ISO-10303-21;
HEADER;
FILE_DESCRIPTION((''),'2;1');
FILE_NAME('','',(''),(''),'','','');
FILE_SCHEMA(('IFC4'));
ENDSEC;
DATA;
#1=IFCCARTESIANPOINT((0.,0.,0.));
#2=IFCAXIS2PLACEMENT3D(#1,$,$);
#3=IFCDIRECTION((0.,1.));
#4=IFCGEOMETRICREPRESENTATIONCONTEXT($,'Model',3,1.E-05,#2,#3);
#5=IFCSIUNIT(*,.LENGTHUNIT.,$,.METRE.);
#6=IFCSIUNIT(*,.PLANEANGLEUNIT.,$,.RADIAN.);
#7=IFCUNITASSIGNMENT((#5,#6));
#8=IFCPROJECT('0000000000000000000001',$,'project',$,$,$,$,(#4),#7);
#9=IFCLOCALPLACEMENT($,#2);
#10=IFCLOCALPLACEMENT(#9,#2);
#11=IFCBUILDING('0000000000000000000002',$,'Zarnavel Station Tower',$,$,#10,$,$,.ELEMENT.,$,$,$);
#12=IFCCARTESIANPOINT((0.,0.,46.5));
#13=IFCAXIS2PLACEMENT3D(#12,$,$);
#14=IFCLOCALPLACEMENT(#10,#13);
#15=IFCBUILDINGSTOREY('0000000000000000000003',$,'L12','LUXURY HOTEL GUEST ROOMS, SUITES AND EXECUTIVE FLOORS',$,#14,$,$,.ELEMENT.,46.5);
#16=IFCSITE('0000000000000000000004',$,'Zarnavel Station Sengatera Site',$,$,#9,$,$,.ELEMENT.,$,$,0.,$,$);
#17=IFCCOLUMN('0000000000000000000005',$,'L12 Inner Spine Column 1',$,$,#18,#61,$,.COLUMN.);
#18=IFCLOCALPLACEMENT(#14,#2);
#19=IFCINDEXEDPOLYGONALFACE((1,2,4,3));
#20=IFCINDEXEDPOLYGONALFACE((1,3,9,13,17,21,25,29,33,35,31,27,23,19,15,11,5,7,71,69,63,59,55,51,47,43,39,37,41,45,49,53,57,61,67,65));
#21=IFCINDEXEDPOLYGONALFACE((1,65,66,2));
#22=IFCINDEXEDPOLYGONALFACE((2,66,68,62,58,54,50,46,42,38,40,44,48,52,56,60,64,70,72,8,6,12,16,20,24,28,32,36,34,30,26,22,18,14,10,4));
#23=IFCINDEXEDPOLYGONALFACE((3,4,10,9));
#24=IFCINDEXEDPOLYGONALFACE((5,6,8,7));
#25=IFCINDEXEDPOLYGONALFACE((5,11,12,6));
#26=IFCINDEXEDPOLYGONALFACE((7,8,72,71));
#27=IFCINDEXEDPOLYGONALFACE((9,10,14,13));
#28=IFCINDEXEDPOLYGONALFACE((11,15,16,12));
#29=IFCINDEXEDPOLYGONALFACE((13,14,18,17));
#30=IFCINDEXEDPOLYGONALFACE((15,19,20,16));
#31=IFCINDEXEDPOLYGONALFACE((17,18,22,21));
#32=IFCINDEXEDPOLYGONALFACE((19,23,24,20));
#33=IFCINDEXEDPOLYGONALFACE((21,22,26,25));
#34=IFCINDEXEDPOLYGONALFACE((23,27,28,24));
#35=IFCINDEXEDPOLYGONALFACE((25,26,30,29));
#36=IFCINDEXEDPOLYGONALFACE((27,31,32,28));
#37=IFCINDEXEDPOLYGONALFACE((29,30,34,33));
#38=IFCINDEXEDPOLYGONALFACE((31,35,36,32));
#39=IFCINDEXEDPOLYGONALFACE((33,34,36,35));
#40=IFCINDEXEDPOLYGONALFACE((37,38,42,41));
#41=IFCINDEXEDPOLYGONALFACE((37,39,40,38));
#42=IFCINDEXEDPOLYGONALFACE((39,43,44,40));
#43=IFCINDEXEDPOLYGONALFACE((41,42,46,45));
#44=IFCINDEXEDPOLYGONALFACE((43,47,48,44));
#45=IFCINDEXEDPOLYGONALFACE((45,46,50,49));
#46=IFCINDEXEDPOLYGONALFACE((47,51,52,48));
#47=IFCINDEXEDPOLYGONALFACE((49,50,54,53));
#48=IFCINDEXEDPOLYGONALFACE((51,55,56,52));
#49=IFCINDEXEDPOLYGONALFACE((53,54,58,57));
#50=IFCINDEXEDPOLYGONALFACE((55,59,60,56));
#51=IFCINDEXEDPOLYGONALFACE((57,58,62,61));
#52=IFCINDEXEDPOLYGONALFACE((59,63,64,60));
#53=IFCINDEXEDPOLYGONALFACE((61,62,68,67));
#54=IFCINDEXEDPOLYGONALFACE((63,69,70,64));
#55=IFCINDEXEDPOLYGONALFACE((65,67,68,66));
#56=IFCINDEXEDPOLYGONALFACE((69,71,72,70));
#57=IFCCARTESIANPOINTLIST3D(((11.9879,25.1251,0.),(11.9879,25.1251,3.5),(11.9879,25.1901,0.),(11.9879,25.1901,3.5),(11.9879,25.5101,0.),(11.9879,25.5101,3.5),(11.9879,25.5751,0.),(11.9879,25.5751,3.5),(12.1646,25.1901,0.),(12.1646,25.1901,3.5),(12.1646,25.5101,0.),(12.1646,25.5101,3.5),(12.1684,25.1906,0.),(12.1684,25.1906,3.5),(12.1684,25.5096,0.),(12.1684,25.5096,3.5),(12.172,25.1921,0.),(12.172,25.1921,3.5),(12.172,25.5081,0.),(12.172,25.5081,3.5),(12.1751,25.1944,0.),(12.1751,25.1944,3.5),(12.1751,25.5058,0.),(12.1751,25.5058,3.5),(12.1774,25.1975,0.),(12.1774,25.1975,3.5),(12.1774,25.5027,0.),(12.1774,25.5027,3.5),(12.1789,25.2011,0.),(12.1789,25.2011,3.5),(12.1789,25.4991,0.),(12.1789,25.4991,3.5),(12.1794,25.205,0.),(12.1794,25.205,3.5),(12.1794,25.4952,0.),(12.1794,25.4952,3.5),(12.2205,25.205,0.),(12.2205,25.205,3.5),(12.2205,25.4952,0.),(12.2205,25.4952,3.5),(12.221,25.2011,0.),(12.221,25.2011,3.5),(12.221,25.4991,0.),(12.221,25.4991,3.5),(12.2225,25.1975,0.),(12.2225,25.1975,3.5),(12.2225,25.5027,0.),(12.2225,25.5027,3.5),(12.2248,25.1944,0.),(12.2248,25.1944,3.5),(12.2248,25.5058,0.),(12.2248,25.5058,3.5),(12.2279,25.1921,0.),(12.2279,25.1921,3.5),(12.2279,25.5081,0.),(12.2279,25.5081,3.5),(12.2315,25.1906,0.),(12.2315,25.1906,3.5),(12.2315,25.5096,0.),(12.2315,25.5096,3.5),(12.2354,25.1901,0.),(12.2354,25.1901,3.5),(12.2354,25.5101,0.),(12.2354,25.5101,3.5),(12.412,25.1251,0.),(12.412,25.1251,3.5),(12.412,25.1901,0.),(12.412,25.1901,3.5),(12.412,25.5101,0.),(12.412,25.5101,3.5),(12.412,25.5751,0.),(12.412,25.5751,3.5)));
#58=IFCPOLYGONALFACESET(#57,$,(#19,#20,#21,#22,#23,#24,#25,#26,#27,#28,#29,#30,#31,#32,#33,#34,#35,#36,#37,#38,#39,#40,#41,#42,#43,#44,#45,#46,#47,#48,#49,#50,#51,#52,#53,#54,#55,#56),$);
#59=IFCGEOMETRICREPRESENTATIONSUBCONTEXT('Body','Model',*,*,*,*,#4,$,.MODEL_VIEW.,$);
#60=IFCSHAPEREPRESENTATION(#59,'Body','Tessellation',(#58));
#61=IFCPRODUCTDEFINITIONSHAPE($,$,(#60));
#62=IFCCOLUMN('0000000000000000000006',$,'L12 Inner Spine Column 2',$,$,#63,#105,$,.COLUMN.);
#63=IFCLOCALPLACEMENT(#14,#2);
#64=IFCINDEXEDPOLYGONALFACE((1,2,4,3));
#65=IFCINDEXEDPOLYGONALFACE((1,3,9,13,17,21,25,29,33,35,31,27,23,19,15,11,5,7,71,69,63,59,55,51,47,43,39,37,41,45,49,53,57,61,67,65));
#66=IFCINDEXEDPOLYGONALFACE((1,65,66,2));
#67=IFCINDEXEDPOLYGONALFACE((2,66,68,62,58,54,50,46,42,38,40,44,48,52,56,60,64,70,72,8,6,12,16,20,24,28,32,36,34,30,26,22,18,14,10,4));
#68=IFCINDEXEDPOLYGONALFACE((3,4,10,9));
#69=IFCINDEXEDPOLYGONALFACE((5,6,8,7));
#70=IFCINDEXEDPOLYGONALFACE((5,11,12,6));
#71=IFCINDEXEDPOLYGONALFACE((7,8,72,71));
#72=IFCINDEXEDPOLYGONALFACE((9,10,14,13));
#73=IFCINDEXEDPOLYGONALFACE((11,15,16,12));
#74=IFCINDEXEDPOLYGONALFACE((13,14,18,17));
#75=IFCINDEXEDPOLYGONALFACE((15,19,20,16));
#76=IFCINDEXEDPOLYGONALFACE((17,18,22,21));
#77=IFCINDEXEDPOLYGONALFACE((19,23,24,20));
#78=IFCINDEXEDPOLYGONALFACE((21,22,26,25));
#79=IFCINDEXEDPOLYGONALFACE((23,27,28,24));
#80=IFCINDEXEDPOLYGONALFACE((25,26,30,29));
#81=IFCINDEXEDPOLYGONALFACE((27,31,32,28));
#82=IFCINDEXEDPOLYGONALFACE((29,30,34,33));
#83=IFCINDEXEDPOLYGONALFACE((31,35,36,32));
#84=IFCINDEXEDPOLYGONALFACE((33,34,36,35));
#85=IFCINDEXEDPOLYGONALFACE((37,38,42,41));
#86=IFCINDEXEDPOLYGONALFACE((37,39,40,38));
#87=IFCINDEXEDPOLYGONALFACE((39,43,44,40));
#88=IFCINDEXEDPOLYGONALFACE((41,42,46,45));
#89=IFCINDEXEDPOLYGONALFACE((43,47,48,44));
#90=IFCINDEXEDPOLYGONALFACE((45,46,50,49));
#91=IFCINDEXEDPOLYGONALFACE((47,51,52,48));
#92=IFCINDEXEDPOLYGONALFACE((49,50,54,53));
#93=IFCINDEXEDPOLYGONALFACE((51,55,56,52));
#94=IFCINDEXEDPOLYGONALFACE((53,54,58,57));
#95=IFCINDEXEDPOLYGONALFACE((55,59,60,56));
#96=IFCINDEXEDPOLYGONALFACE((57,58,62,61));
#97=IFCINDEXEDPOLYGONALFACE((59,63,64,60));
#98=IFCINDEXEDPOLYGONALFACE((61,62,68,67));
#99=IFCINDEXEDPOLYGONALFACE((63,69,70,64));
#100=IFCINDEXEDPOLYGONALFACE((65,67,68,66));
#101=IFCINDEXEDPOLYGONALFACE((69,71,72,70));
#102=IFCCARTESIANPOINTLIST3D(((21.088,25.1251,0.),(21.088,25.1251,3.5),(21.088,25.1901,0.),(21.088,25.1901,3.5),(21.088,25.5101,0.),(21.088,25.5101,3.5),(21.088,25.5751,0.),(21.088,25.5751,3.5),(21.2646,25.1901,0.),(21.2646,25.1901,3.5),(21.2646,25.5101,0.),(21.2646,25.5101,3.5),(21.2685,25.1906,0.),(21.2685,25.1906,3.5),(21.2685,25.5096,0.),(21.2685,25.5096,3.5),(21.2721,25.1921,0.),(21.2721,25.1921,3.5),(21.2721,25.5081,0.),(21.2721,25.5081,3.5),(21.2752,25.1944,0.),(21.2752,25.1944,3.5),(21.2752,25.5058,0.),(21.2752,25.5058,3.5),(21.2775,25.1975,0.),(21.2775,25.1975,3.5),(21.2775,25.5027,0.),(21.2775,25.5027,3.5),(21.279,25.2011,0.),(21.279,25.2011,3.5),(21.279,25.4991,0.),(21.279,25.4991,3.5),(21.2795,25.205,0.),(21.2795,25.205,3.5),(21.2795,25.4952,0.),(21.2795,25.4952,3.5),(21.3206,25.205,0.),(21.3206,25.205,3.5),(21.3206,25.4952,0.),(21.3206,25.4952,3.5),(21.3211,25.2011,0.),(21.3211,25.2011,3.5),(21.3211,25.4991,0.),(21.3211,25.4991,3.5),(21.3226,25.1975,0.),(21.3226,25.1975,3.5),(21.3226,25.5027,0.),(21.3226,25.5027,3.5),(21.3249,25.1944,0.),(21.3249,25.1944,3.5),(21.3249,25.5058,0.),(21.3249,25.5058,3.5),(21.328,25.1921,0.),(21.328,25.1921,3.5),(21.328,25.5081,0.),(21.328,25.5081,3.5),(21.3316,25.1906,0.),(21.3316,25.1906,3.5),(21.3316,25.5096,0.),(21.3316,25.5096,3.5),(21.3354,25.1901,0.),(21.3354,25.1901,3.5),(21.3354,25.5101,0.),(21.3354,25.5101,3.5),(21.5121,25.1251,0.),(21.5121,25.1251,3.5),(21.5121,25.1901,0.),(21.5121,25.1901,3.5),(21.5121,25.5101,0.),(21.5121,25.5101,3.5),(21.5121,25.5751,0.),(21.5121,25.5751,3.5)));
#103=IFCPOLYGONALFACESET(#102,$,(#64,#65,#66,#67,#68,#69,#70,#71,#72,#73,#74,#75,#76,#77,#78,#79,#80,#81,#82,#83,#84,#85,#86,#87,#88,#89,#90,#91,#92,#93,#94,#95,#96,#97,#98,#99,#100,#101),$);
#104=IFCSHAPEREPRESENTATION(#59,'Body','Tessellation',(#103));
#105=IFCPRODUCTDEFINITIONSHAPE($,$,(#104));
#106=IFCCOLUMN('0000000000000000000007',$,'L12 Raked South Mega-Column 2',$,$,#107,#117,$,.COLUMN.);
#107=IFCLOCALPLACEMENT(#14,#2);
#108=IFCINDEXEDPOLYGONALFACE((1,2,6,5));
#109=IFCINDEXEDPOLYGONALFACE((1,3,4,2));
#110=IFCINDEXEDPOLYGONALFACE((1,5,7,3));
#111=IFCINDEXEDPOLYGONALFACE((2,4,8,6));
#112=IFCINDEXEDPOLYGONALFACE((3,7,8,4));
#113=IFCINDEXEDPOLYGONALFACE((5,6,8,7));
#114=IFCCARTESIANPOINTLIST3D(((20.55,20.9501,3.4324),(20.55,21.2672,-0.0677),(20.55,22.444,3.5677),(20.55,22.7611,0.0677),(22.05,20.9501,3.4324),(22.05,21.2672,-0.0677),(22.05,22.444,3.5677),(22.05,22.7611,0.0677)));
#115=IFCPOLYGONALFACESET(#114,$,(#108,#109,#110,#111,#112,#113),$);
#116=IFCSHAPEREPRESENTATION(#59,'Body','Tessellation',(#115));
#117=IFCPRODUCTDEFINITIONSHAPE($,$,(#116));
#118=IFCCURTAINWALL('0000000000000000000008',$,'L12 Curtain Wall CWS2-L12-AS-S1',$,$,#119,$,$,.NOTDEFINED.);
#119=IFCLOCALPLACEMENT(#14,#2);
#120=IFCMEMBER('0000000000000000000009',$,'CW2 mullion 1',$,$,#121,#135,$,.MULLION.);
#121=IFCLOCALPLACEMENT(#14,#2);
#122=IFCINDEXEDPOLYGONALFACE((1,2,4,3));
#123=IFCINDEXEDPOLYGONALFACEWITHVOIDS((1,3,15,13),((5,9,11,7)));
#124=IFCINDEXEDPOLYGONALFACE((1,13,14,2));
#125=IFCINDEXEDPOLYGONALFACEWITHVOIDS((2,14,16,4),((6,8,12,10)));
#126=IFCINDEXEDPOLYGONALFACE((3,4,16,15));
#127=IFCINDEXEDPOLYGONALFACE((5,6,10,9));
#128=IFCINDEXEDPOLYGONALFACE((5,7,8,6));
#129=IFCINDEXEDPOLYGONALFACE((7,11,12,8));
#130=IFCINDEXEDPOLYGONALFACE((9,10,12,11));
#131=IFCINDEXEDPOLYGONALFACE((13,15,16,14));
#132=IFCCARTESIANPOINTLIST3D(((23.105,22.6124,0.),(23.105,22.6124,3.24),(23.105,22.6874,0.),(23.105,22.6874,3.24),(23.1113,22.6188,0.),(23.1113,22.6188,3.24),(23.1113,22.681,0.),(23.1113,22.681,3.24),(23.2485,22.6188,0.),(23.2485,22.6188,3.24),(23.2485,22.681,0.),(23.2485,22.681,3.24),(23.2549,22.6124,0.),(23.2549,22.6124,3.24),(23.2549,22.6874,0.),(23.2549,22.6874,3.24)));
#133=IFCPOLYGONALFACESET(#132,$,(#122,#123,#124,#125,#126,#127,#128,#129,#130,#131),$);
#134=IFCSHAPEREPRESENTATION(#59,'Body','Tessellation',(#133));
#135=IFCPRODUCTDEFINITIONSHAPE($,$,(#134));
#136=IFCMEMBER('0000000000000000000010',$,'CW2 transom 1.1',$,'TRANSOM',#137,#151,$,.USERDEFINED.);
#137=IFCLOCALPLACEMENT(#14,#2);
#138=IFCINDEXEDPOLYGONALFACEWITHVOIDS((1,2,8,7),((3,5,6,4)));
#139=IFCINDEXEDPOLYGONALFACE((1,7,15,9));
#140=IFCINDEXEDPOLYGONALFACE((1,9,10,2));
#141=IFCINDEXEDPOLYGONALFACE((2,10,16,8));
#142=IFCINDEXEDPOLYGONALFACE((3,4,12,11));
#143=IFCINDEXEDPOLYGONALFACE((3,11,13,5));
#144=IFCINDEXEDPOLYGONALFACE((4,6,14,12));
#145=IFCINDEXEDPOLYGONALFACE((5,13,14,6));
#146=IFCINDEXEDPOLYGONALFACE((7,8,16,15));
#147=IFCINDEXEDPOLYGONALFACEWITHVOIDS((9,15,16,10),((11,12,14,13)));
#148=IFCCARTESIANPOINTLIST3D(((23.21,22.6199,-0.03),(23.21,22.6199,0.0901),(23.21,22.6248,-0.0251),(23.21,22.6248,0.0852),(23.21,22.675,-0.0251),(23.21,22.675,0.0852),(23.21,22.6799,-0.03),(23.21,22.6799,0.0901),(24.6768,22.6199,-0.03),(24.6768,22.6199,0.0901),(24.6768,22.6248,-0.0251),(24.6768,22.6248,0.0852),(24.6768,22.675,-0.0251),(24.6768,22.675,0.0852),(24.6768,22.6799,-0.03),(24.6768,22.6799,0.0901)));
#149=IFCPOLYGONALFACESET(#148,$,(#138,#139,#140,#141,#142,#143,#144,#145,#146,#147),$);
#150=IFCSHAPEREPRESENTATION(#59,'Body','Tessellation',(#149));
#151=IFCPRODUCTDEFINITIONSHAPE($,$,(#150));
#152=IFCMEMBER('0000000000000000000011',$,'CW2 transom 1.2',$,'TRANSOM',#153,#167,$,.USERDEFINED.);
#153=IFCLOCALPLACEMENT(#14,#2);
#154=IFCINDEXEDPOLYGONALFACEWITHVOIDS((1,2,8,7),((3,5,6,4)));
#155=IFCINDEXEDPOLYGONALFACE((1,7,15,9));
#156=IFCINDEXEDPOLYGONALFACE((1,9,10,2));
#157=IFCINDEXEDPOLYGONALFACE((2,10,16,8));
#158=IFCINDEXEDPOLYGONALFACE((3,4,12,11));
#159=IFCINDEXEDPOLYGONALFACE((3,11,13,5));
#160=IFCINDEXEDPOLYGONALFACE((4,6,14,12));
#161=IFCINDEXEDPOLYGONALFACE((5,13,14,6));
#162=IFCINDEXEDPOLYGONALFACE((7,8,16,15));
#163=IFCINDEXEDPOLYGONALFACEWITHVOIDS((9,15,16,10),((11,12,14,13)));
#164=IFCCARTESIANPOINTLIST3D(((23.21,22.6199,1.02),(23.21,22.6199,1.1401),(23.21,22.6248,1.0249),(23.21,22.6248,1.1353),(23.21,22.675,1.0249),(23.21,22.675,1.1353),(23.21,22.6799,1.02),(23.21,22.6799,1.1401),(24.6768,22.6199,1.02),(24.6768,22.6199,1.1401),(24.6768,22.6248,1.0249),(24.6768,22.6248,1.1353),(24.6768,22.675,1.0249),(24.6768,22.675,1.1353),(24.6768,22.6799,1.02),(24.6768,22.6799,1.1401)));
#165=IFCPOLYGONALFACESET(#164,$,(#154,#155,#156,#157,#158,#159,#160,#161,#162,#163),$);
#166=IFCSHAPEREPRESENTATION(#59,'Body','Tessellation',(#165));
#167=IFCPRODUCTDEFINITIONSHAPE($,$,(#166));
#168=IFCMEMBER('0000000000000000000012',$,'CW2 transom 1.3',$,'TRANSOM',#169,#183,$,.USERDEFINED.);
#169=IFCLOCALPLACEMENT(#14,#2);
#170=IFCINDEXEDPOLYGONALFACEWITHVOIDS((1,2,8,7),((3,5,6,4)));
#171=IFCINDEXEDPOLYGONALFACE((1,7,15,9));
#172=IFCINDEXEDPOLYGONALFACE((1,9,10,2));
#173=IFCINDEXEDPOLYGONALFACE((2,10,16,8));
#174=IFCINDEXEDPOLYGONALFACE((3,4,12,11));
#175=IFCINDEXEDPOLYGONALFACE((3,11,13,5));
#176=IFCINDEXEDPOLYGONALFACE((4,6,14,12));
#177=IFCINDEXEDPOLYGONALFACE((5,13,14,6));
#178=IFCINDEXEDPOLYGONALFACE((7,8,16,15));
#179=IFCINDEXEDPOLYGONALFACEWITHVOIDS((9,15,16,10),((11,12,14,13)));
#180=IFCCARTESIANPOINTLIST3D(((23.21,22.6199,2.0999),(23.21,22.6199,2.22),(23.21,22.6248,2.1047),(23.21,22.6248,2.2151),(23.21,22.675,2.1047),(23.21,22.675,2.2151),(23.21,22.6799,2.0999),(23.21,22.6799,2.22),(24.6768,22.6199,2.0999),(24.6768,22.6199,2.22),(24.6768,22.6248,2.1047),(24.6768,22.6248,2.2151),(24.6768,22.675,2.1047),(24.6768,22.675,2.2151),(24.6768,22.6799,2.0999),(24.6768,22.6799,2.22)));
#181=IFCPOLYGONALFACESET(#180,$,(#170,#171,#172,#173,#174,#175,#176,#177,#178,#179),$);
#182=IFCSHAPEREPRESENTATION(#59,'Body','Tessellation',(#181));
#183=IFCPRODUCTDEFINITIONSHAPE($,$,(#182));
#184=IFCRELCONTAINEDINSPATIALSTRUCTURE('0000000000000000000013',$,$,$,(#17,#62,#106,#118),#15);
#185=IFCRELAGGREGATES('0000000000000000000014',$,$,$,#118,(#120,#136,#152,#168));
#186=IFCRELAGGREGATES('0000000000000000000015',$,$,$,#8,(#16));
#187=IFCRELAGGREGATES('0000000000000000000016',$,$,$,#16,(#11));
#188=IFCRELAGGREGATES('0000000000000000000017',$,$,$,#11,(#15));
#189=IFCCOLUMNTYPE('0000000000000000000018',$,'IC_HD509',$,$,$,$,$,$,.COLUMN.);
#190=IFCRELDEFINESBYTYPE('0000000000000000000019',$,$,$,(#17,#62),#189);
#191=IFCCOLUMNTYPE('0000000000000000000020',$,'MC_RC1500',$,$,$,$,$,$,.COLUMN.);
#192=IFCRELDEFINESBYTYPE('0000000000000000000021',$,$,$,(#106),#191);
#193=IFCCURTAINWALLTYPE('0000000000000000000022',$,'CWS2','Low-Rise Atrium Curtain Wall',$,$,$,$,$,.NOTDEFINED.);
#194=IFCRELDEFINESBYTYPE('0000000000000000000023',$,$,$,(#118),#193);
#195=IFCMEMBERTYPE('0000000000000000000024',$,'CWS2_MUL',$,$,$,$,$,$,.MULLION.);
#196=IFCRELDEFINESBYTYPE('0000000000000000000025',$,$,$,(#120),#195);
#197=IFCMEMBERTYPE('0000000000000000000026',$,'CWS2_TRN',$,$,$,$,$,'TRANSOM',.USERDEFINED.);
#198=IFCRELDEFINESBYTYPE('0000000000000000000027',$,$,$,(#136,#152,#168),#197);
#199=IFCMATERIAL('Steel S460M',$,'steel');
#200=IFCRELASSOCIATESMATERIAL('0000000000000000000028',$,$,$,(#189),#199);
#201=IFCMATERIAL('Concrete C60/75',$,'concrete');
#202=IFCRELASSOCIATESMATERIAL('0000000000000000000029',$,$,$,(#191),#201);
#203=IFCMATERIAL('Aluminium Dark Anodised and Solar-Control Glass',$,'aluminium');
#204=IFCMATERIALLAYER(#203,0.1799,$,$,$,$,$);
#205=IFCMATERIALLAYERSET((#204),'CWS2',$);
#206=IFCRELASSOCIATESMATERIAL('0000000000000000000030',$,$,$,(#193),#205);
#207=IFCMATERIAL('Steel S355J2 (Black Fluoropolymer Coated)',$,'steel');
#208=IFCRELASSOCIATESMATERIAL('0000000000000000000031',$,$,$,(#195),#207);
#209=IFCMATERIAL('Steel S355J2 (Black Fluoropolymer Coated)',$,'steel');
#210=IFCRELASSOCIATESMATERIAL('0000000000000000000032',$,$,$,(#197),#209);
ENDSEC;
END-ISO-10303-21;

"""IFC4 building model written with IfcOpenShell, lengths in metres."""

from ifc_helpers import new_model, si_unit, direction, frame, origin, origin_2d, place, context, subcontext, project, spatial, rectangle, hollow_rectangle, i_section, extrude, material, layer, layer_set, material_profile, profile_set, type_object, element, aggregate, save


model = new_model("IFC4")

# Units and contexts
model_context = context("Model", 3, precision=1e-05, world=origin(), true_north=direction((0.0, 1.0)))
body_context = subcontext(model_context, "Body", "Model", "MODEL_VIEW")
ifc_project = project(units=[si_unit("LENGTHUNIT", "METRE"), si_unit("PLANEANGLEUNIT", "RADIAN")], contexts=[model_context])

# Site, building, storey
site_placement = place(None, origin())
site = spatial("IfcSite", under=ifc_project, at=site_placement, Name="Zarnavel Station Sengatera Site", CompositionType="ELEMENT", RefElevation=0.0)
building_placement = place(site_placement, origin())
building = spatial("IfcBuilding", under=site, at=building_placement, Name="Zarnavel Station Tower", CompositionType="ELEMENT")
storey_placement = place(building_placement, frame((0.0, 0.0, 46.5)))
storey = spatial("IfcBuildingStorey", under=building, at=storey_placement, Name="L12", Description="LUXURY HOTEL GUEST ROOMS, SUITES AND EXECUTIVE FLOORS", CompositionType="ELEMENT", Elevation=46.5)

# Columns
ifc_material_1 = material(Name="Steel S460M", Category="steel")
ifc_material_profile_1 = material_profile(ifc_material_1, i_section(OverallWidth=0.4241, OverallDepth=0.45, WebThickness=0.041, FlangeThickness=0.0649, FilletRadius=0.0149, at=origin_2d()), Name="HD400x509")
ifc_profile_set_1 = profile_set([ifc_material_profile_1], Name="Steel S460M")
column_type_1 = type_object("IfcColumnType", Name="IC_HD509", PredefinedType="COLUMN", material=ifc_profile_set_1)
for number, where, z_axis, x_axis, name in (
    (1, (12.2, 25.3501, 0.0), (0.0, 0.0, 1.0), (1.0, 0.0, 0.0), "L12 Inner Spine Column 1"),
    (2, (21.3, 25.3501, 0.0), (0.0, 0.0, 1.0), (1.0, 0.0, 0.0), "L12 Inner Spine Column 2"),
):
    element("IfcColumn", number, at=place(storey_placement, frame(where, z_axis=z_axis, x_axis=x_axis)), inside=storey, type_object=column_type_1, Name=name, PredefinedType="COLUMN", context=body_context, shape_type="SweptSolid", body=[
        extrude(i_section(OverallWidth=0.4241, OverallDepth=0.45, WebThickness=0.041, FlangeThickness=0.0649, FilletRadius=0.0149, at=origin_2d()), origin(), (0.0, 0.0, 1.0), 3.5),
    ])
ifc_material_2 = material(Name="Concrete C60/75", Category="concrete")
ifc_material_profile_2 = material_profile(ifc_material_2, rectangle(XDim=1.5, YDim=1.5, at=origin_2d()), Name="RC1500x1500")
ifc_profile_set_2 = profile_set([ifc_material_profile_2], Name="Concrete C60/75")
column_type_2 = type_object("IfcColumnType", Name="MC_RC1500", PredefinedType="COLUMN", material=ifc_profile_set_2)
column_placement = place(storey_placement, frame((21.3, 22.0142, 0.0), z_axis=(0.0, -0.090241, 0.99592), x_axis=(1.0, 0.0, 0.0)))
element("IfcColumn", 3, at=column_placement, inside=storey, type_object=column_type_2, Name="L12 Raked South Mega-Column 2", PredefinedType="COLUMN", context=body_context, shape_type="SweptSolid", body=[
    extrude(rectangle(XDim=1.5, YDim=1.5, at=origin_2d()), origin(), (0.0, 0.0, 1.0), 3.5144),
])

# Curtain wall, members
ifc_material_3 = material(Name="Aluminium Dark Anodised and Solar-Control Glass", Category="aluminium")
ifc_layer_1 = layer(ifc_material_3, 0.1799)
ifc_layer_set_1 = layer_set([ifc_layer_1], Name="CWS2")
curtain_wall_type = type_object("IfcCurtainWallType", Name="CWS2", Description="Low-Rise Atrium Curtain Wall", PredefinedType="NOTDEFINED", material=ifc_layer_set_1)
curtain_wall_placement = place(storey_placement, origin())
curtain_wall = element("IfcCurtainWall", 4, at=curtain_wall_placement, inside=storey, type_object=curtain_wall_type, Name="L12 Curtain Wall CWS2-L12-AS-S1", PredefinedType="NOTDEFINED")
ifc_material_4 = material(Name="Steel S355J2 (Black Fluoropolymer Coated)", Category="steel")
ifc_material_profile_3 = material_profile(ifc_material_4, hollow_rectangle(XDim=0.075, YDim=0.1499, WallThickness=0.0063, at=origin_2d()), Name="RHS150x75x6.3")
ifc_profile_set_3 = profile_set([ifc_material_profile_3], Name="Steel S355J2 (Black Fluoropolymer Coated)")
member_type_1 = type_object("IfcMemberType", Name="CWS2_MUL", PredefinedType="MULLION", material=ifc_profile_set_3)
member_1_placement = place(storey_placement, frame((23.1799, 22.6499, 0.0), z_axis=(0.0, 0.0, 1.0), x_axis=(0.0, 1.0, 0.0)))
member_1 = element("IfcMember", 5, at=member_1_placement, type_object=member_type_1, Name="CW2 mullion 1", PredefinedType="MULLION", context=body_context, shape_type="SweptSolid", body=[
    extrude(hollow_rectangle(XDim=0.075, YDim=0.1499, WallThickness=0.0063, at=origin_2d()), origin(), (0.0, 0.0, 1.0), 3.24),
])
ifc_material_5 = material(Name="Steel S355J2 (Black Fluoropolymer Coated)", Category="steel")
ifc_material_profile_4 = material_profile(ifc_material_5, hollow_rectangle(XDim=0.0601, YDim=0.1201, WallThickness=0.0049, at=origin_2d()), Name="RHS120x60x5")
ifc_profile_set_4 = profile_set([ifc_material_profile_4], Name="Steel S355J2 (Black Fluoropolymer Coated)")
member_type_2 = type_object("IfcMemberType", Name="CWS2_TRN", ElementType="TRANSOM", PredefinedType="USERDEFINED", material=ifc_profile_set_4)
member_2_placement = place(storey_placement, frame((23.21, 22.6499, 0.03), z_axis=(1.0, 0.0, 0.0), x_axis=(0.0, 1.0, 0.0)))
member_2 = element("IfcMember", 6, at=member_2_placement, type_object=member_type_2, Name="CW2 transom 1.1", ObjectType="TRANSOM", PredefinedType="USERDEFINED", context=body_context, shape_type="SweptSolid", body=[
    extrude(hollow_rectangle(XDim=0.0601, YDim=0.1201, WallThickness=0.0049, at=origin_2d()), origin(), (0.0, 0.0, 1.0), 1.4668),
])
member_3_placement = place(storey_placement, frame((23.21, 22.6499, 1.0801), z_axis=(1.0, 0.0, 0.0), x_axis=(0.0, 1.0, 0.0)))
member_3 = element("IfcMember", 7, at=member_3_placement, type_object=member_type_2, Name="CW2 transom 1.2", ObjectType="TRANSOM", PredefinedType="USERDEFINED", context=body_context, shape_type="SweptSolid", body=[
    extrude(hollow_rectangle(XDim=0.0601, YDim=0.1201, WallThickness=0.0049, at=origin_2d()), origin(), (0.0, 0.0, 1.0), 1.4668),
])
member_4_placement = place(storey_placement, frame((23.21, 22.6499, 2.1599), z_axis=(1.0, 0.0, 0.0), x_axis=(0.0, 1.0, 0.0)))
member_4 = element("IfcMember", 8, at=member_4_placement, type_object=member_type_2, Name="CW2 transom 1.3", ObjectType="TRANSOM", PredefinedType="USERDEFINED", context=body_context, shape_type="SweptSolid", body=[
    extrude(hollow_rectangle(XDim=0.0601, YDim=0.1201, WallThickness=0.0049, at=origin_2d()), origin(), (0.0, 0.0, 1.0), 1.4668),
])
aggregate(curtain_wall, [member_1, member_2, member_3, member_4])

save(model, "model.ifc")
